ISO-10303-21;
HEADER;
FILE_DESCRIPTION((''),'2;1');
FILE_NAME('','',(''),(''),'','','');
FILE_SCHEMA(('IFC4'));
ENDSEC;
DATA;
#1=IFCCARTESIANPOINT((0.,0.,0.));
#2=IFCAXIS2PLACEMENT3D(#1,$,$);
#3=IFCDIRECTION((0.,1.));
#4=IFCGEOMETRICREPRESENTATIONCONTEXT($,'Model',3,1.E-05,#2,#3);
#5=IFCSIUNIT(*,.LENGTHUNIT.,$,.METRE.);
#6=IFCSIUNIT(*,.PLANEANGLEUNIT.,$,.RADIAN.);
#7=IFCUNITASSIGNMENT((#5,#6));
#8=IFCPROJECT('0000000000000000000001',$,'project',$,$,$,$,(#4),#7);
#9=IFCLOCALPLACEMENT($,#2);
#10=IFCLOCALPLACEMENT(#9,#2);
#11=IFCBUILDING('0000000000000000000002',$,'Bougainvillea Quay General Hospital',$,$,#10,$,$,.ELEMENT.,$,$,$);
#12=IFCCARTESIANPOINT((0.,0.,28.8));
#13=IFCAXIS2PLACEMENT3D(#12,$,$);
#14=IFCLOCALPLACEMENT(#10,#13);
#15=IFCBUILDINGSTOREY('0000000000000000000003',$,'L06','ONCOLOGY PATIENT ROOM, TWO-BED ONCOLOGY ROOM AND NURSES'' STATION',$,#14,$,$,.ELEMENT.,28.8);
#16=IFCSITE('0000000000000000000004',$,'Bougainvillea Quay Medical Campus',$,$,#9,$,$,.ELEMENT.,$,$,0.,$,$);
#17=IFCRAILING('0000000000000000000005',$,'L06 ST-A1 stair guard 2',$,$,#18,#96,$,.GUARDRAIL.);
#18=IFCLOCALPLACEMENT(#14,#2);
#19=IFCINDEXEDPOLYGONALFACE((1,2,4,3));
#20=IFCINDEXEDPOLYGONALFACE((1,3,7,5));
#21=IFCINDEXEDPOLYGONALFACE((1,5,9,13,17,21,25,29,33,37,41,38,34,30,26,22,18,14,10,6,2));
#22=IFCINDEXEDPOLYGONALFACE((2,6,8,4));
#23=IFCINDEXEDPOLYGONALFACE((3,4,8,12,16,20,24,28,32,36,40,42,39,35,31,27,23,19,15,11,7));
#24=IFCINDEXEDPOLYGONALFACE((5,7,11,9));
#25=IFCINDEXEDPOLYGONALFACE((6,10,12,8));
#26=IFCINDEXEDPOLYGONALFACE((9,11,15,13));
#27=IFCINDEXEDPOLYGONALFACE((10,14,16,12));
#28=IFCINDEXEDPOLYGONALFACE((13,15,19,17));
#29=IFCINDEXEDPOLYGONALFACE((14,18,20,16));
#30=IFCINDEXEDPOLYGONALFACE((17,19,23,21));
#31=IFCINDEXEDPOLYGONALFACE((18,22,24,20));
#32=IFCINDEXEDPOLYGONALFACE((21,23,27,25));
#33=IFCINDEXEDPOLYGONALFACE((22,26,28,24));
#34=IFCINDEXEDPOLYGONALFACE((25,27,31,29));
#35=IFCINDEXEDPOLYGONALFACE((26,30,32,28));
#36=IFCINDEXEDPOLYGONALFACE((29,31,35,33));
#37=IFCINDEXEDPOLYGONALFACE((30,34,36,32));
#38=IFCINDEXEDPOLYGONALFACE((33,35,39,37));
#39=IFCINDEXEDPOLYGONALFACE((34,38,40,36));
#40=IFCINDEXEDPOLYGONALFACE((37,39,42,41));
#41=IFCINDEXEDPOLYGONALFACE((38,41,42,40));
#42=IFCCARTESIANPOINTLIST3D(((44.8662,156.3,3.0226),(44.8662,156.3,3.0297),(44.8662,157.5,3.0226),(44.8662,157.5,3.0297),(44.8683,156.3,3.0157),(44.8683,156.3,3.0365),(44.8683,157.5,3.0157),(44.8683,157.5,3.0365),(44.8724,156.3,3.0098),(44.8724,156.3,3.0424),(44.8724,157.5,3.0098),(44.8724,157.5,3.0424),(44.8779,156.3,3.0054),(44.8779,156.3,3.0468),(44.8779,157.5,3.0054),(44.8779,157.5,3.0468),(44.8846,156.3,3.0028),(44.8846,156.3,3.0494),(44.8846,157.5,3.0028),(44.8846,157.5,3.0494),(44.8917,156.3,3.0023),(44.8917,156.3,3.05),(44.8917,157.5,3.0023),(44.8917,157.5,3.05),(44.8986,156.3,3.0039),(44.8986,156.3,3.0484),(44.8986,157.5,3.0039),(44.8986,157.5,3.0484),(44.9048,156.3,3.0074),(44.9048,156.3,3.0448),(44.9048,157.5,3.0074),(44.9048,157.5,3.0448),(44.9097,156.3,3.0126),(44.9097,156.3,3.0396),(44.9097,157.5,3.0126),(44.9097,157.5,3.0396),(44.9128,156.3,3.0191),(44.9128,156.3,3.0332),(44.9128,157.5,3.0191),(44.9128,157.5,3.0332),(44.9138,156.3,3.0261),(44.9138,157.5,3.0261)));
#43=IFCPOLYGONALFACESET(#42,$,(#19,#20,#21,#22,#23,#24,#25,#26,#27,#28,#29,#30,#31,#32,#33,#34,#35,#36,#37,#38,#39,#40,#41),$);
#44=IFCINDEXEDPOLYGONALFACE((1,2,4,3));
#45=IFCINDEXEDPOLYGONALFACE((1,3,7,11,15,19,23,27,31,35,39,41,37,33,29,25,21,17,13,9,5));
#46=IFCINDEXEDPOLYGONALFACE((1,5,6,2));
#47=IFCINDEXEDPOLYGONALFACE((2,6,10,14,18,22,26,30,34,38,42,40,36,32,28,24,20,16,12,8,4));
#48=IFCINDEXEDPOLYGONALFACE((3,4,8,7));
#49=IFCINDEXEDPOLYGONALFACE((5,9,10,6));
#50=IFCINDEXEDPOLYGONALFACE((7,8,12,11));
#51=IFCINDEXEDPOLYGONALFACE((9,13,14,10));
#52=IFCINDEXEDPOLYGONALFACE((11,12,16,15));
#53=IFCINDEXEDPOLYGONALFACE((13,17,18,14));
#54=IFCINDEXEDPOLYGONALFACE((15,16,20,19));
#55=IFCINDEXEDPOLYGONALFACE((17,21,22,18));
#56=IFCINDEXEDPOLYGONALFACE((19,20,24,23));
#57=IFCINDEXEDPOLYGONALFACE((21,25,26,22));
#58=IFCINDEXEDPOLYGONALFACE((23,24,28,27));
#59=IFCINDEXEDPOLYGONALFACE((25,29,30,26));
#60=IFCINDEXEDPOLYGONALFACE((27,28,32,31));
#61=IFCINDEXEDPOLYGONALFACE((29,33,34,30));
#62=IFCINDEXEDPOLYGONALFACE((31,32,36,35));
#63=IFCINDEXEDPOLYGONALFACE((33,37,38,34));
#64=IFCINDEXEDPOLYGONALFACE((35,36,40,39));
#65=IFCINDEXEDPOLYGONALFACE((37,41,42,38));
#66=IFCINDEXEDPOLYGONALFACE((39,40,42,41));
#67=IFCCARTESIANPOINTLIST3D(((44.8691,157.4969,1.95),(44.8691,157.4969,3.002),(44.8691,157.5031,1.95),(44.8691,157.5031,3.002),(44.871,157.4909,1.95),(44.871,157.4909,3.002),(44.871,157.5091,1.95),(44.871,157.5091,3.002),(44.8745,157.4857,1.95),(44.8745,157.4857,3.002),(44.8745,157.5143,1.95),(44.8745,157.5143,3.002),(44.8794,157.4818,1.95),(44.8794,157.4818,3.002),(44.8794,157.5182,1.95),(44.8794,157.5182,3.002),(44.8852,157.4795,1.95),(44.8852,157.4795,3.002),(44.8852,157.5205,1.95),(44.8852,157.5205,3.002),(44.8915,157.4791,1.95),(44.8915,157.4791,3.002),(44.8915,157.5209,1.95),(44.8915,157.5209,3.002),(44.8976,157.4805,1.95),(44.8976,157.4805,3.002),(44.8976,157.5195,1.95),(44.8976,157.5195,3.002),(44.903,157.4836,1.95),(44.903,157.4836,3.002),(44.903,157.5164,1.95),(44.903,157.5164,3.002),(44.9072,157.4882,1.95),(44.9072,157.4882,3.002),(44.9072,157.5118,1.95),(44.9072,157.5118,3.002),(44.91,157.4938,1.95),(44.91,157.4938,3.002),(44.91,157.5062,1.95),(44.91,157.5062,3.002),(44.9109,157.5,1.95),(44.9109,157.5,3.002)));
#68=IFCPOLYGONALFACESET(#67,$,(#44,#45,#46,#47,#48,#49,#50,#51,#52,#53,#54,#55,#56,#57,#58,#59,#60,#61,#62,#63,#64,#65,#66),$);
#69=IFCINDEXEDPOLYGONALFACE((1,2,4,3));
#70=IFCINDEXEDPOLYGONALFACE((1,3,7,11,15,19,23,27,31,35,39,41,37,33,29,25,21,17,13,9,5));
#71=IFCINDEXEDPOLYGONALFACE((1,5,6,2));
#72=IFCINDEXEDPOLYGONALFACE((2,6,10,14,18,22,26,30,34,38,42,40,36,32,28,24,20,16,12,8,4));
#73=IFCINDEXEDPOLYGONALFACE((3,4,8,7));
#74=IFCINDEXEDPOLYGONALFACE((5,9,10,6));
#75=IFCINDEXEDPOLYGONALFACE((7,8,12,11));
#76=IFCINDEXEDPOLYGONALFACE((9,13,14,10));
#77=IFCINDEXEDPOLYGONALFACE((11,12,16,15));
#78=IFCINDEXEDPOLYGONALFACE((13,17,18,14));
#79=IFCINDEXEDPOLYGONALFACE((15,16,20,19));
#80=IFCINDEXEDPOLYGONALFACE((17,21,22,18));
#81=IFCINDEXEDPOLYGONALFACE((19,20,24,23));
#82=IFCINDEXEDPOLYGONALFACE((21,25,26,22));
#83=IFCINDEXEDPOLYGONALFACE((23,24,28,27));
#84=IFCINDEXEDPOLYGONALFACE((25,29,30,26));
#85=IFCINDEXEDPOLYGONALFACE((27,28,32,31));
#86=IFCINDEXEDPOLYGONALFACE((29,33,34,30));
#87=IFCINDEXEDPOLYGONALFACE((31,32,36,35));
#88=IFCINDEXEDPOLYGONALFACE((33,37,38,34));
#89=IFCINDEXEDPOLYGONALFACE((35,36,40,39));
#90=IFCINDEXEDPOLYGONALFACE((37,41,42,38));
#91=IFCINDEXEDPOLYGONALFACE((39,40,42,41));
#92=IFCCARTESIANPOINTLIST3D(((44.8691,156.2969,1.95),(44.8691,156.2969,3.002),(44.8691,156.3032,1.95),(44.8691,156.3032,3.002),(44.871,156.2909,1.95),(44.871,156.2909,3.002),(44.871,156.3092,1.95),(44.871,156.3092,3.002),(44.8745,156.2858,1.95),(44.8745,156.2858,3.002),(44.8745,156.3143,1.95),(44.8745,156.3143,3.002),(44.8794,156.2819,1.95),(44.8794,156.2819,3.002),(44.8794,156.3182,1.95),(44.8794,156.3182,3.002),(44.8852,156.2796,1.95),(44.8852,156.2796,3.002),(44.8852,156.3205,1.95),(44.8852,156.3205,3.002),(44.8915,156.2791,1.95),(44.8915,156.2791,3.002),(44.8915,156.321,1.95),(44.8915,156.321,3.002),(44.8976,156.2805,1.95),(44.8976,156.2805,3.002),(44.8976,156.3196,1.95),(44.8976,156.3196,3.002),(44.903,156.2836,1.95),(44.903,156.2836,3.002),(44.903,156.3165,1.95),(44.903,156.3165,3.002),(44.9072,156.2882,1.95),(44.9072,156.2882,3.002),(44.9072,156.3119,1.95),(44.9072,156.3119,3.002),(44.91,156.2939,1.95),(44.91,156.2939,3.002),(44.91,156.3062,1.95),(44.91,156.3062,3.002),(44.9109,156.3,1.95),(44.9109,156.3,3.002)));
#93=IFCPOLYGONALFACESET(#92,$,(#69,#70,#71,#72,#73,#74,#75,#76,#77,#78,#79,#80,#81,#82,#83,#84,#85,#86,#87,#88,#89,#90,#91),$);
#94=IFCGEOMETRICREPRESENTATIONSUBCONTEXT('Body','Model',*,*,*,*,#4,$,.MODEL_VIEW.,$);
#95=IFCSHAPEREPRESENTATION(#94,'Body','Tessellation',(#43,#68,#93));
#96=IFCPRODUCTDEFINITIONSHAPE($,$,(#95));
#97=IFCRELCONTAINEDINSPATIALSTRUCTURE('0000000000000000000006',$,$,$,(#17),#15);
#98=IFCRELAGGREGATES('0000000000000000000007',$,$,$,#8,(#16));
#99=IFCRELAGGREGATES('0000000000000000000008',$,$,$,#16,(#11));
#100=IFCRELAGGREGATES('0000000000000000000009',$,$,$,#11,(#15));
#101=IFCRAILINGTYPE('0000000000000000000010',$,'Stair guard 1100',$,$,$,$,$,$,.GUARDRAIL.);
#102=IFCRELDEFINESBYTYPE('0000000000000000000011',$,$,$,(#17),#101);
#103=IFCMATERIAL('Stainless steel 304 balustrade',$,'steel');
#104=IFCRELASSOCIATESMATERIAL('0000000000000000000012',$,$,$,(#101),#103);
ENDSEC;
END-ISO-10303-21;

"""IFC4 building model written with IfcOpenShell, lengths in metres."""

from ifc_helpers import new_model, si_unit, direction, frame, origin, origin_2d, place, context, subcontext, project, spatial, circle, extrude, material, type_object, element, save


model = new_model("IFC4")

# Units and contexts
model_context = context("Model", 3, precision=1e-05, world=origin(), true_north=direction((0.0, 1.0)))
body_context = subcontext(model_context, "Body", "Model", "MODEL_VIEW")
ifc_project = project(units=[si_unit("LENGTHUNIT", "METRE"), si_unit("PLANEANGLEUNIT", "RADIAN")], contexts=[model_context])

# Site, building, storey
site_placement = place(None, origin())
site = spatial("IfcSite", under=ifc_project, at=site_placement, Name="Bougainvillea Quay Medical Campus", CompositionType="ELEMENT", RefElevation=0.0)
building_placement = place(site_placement, origin())
building = spatial("IfcBuilding", under=site, at=building_placement, Name="Bougainvillea Quay General Hospital", CompositionType="ELEMENT")
storey_placement = place(building_placement, frame((0.0, 0.0, 28.8)))
storey = spatial("IfcBuildingStorey", under=building, at=storey_placement, Name="L06", Description="ONCOLOGY PATIENT ROOM, TWO-BED ONCOLOGY ROOM AND NURSES' STATION", CompositionType="ELEMENT", Elevation=28.8)

# Railing
ifc_material_1 = material(Name="Stainless steel 304 balustrade", Category="steel")
railing_type_1 = type_object("IfcRailingType", Name="Stair guard 1100", PredefinedType="GUARDRAIL", material=ifc_material_1)
railing_1_placement = place(storey_placement, frame((44.8899, 157.5, 1.95)))
element("IfcRailing", 1, at=railing_1_placement, inside=storey, type_object=railing_type_1, Name="L06 ST-A1 stair guard 2", PredefinedType="GUARDRAIL", context=body_context, shape_type="SweptSolid", body=[
    extrude(circle(Radius=0.0239, at=origin_2d()), frame((0.0, 0.0, 1.0762), z_axis=(0.0, -1.0, 0.0), x_axis=(1.0, 0.0, 0.0)), (0.0, 0.0, 1.0), 1.2),
    extrude(circle(Radius=0.021, at=origin_2d()), origin(), (0.0, 0.0, 1.0), 1.052),
    extrude(circle(Radius=0.021, at=origin_2d()), frame((0.0, -1.2, 0.0)), (0.0, 0.0, 1.0), 1.052),
])

save(model, "model.ifc")
